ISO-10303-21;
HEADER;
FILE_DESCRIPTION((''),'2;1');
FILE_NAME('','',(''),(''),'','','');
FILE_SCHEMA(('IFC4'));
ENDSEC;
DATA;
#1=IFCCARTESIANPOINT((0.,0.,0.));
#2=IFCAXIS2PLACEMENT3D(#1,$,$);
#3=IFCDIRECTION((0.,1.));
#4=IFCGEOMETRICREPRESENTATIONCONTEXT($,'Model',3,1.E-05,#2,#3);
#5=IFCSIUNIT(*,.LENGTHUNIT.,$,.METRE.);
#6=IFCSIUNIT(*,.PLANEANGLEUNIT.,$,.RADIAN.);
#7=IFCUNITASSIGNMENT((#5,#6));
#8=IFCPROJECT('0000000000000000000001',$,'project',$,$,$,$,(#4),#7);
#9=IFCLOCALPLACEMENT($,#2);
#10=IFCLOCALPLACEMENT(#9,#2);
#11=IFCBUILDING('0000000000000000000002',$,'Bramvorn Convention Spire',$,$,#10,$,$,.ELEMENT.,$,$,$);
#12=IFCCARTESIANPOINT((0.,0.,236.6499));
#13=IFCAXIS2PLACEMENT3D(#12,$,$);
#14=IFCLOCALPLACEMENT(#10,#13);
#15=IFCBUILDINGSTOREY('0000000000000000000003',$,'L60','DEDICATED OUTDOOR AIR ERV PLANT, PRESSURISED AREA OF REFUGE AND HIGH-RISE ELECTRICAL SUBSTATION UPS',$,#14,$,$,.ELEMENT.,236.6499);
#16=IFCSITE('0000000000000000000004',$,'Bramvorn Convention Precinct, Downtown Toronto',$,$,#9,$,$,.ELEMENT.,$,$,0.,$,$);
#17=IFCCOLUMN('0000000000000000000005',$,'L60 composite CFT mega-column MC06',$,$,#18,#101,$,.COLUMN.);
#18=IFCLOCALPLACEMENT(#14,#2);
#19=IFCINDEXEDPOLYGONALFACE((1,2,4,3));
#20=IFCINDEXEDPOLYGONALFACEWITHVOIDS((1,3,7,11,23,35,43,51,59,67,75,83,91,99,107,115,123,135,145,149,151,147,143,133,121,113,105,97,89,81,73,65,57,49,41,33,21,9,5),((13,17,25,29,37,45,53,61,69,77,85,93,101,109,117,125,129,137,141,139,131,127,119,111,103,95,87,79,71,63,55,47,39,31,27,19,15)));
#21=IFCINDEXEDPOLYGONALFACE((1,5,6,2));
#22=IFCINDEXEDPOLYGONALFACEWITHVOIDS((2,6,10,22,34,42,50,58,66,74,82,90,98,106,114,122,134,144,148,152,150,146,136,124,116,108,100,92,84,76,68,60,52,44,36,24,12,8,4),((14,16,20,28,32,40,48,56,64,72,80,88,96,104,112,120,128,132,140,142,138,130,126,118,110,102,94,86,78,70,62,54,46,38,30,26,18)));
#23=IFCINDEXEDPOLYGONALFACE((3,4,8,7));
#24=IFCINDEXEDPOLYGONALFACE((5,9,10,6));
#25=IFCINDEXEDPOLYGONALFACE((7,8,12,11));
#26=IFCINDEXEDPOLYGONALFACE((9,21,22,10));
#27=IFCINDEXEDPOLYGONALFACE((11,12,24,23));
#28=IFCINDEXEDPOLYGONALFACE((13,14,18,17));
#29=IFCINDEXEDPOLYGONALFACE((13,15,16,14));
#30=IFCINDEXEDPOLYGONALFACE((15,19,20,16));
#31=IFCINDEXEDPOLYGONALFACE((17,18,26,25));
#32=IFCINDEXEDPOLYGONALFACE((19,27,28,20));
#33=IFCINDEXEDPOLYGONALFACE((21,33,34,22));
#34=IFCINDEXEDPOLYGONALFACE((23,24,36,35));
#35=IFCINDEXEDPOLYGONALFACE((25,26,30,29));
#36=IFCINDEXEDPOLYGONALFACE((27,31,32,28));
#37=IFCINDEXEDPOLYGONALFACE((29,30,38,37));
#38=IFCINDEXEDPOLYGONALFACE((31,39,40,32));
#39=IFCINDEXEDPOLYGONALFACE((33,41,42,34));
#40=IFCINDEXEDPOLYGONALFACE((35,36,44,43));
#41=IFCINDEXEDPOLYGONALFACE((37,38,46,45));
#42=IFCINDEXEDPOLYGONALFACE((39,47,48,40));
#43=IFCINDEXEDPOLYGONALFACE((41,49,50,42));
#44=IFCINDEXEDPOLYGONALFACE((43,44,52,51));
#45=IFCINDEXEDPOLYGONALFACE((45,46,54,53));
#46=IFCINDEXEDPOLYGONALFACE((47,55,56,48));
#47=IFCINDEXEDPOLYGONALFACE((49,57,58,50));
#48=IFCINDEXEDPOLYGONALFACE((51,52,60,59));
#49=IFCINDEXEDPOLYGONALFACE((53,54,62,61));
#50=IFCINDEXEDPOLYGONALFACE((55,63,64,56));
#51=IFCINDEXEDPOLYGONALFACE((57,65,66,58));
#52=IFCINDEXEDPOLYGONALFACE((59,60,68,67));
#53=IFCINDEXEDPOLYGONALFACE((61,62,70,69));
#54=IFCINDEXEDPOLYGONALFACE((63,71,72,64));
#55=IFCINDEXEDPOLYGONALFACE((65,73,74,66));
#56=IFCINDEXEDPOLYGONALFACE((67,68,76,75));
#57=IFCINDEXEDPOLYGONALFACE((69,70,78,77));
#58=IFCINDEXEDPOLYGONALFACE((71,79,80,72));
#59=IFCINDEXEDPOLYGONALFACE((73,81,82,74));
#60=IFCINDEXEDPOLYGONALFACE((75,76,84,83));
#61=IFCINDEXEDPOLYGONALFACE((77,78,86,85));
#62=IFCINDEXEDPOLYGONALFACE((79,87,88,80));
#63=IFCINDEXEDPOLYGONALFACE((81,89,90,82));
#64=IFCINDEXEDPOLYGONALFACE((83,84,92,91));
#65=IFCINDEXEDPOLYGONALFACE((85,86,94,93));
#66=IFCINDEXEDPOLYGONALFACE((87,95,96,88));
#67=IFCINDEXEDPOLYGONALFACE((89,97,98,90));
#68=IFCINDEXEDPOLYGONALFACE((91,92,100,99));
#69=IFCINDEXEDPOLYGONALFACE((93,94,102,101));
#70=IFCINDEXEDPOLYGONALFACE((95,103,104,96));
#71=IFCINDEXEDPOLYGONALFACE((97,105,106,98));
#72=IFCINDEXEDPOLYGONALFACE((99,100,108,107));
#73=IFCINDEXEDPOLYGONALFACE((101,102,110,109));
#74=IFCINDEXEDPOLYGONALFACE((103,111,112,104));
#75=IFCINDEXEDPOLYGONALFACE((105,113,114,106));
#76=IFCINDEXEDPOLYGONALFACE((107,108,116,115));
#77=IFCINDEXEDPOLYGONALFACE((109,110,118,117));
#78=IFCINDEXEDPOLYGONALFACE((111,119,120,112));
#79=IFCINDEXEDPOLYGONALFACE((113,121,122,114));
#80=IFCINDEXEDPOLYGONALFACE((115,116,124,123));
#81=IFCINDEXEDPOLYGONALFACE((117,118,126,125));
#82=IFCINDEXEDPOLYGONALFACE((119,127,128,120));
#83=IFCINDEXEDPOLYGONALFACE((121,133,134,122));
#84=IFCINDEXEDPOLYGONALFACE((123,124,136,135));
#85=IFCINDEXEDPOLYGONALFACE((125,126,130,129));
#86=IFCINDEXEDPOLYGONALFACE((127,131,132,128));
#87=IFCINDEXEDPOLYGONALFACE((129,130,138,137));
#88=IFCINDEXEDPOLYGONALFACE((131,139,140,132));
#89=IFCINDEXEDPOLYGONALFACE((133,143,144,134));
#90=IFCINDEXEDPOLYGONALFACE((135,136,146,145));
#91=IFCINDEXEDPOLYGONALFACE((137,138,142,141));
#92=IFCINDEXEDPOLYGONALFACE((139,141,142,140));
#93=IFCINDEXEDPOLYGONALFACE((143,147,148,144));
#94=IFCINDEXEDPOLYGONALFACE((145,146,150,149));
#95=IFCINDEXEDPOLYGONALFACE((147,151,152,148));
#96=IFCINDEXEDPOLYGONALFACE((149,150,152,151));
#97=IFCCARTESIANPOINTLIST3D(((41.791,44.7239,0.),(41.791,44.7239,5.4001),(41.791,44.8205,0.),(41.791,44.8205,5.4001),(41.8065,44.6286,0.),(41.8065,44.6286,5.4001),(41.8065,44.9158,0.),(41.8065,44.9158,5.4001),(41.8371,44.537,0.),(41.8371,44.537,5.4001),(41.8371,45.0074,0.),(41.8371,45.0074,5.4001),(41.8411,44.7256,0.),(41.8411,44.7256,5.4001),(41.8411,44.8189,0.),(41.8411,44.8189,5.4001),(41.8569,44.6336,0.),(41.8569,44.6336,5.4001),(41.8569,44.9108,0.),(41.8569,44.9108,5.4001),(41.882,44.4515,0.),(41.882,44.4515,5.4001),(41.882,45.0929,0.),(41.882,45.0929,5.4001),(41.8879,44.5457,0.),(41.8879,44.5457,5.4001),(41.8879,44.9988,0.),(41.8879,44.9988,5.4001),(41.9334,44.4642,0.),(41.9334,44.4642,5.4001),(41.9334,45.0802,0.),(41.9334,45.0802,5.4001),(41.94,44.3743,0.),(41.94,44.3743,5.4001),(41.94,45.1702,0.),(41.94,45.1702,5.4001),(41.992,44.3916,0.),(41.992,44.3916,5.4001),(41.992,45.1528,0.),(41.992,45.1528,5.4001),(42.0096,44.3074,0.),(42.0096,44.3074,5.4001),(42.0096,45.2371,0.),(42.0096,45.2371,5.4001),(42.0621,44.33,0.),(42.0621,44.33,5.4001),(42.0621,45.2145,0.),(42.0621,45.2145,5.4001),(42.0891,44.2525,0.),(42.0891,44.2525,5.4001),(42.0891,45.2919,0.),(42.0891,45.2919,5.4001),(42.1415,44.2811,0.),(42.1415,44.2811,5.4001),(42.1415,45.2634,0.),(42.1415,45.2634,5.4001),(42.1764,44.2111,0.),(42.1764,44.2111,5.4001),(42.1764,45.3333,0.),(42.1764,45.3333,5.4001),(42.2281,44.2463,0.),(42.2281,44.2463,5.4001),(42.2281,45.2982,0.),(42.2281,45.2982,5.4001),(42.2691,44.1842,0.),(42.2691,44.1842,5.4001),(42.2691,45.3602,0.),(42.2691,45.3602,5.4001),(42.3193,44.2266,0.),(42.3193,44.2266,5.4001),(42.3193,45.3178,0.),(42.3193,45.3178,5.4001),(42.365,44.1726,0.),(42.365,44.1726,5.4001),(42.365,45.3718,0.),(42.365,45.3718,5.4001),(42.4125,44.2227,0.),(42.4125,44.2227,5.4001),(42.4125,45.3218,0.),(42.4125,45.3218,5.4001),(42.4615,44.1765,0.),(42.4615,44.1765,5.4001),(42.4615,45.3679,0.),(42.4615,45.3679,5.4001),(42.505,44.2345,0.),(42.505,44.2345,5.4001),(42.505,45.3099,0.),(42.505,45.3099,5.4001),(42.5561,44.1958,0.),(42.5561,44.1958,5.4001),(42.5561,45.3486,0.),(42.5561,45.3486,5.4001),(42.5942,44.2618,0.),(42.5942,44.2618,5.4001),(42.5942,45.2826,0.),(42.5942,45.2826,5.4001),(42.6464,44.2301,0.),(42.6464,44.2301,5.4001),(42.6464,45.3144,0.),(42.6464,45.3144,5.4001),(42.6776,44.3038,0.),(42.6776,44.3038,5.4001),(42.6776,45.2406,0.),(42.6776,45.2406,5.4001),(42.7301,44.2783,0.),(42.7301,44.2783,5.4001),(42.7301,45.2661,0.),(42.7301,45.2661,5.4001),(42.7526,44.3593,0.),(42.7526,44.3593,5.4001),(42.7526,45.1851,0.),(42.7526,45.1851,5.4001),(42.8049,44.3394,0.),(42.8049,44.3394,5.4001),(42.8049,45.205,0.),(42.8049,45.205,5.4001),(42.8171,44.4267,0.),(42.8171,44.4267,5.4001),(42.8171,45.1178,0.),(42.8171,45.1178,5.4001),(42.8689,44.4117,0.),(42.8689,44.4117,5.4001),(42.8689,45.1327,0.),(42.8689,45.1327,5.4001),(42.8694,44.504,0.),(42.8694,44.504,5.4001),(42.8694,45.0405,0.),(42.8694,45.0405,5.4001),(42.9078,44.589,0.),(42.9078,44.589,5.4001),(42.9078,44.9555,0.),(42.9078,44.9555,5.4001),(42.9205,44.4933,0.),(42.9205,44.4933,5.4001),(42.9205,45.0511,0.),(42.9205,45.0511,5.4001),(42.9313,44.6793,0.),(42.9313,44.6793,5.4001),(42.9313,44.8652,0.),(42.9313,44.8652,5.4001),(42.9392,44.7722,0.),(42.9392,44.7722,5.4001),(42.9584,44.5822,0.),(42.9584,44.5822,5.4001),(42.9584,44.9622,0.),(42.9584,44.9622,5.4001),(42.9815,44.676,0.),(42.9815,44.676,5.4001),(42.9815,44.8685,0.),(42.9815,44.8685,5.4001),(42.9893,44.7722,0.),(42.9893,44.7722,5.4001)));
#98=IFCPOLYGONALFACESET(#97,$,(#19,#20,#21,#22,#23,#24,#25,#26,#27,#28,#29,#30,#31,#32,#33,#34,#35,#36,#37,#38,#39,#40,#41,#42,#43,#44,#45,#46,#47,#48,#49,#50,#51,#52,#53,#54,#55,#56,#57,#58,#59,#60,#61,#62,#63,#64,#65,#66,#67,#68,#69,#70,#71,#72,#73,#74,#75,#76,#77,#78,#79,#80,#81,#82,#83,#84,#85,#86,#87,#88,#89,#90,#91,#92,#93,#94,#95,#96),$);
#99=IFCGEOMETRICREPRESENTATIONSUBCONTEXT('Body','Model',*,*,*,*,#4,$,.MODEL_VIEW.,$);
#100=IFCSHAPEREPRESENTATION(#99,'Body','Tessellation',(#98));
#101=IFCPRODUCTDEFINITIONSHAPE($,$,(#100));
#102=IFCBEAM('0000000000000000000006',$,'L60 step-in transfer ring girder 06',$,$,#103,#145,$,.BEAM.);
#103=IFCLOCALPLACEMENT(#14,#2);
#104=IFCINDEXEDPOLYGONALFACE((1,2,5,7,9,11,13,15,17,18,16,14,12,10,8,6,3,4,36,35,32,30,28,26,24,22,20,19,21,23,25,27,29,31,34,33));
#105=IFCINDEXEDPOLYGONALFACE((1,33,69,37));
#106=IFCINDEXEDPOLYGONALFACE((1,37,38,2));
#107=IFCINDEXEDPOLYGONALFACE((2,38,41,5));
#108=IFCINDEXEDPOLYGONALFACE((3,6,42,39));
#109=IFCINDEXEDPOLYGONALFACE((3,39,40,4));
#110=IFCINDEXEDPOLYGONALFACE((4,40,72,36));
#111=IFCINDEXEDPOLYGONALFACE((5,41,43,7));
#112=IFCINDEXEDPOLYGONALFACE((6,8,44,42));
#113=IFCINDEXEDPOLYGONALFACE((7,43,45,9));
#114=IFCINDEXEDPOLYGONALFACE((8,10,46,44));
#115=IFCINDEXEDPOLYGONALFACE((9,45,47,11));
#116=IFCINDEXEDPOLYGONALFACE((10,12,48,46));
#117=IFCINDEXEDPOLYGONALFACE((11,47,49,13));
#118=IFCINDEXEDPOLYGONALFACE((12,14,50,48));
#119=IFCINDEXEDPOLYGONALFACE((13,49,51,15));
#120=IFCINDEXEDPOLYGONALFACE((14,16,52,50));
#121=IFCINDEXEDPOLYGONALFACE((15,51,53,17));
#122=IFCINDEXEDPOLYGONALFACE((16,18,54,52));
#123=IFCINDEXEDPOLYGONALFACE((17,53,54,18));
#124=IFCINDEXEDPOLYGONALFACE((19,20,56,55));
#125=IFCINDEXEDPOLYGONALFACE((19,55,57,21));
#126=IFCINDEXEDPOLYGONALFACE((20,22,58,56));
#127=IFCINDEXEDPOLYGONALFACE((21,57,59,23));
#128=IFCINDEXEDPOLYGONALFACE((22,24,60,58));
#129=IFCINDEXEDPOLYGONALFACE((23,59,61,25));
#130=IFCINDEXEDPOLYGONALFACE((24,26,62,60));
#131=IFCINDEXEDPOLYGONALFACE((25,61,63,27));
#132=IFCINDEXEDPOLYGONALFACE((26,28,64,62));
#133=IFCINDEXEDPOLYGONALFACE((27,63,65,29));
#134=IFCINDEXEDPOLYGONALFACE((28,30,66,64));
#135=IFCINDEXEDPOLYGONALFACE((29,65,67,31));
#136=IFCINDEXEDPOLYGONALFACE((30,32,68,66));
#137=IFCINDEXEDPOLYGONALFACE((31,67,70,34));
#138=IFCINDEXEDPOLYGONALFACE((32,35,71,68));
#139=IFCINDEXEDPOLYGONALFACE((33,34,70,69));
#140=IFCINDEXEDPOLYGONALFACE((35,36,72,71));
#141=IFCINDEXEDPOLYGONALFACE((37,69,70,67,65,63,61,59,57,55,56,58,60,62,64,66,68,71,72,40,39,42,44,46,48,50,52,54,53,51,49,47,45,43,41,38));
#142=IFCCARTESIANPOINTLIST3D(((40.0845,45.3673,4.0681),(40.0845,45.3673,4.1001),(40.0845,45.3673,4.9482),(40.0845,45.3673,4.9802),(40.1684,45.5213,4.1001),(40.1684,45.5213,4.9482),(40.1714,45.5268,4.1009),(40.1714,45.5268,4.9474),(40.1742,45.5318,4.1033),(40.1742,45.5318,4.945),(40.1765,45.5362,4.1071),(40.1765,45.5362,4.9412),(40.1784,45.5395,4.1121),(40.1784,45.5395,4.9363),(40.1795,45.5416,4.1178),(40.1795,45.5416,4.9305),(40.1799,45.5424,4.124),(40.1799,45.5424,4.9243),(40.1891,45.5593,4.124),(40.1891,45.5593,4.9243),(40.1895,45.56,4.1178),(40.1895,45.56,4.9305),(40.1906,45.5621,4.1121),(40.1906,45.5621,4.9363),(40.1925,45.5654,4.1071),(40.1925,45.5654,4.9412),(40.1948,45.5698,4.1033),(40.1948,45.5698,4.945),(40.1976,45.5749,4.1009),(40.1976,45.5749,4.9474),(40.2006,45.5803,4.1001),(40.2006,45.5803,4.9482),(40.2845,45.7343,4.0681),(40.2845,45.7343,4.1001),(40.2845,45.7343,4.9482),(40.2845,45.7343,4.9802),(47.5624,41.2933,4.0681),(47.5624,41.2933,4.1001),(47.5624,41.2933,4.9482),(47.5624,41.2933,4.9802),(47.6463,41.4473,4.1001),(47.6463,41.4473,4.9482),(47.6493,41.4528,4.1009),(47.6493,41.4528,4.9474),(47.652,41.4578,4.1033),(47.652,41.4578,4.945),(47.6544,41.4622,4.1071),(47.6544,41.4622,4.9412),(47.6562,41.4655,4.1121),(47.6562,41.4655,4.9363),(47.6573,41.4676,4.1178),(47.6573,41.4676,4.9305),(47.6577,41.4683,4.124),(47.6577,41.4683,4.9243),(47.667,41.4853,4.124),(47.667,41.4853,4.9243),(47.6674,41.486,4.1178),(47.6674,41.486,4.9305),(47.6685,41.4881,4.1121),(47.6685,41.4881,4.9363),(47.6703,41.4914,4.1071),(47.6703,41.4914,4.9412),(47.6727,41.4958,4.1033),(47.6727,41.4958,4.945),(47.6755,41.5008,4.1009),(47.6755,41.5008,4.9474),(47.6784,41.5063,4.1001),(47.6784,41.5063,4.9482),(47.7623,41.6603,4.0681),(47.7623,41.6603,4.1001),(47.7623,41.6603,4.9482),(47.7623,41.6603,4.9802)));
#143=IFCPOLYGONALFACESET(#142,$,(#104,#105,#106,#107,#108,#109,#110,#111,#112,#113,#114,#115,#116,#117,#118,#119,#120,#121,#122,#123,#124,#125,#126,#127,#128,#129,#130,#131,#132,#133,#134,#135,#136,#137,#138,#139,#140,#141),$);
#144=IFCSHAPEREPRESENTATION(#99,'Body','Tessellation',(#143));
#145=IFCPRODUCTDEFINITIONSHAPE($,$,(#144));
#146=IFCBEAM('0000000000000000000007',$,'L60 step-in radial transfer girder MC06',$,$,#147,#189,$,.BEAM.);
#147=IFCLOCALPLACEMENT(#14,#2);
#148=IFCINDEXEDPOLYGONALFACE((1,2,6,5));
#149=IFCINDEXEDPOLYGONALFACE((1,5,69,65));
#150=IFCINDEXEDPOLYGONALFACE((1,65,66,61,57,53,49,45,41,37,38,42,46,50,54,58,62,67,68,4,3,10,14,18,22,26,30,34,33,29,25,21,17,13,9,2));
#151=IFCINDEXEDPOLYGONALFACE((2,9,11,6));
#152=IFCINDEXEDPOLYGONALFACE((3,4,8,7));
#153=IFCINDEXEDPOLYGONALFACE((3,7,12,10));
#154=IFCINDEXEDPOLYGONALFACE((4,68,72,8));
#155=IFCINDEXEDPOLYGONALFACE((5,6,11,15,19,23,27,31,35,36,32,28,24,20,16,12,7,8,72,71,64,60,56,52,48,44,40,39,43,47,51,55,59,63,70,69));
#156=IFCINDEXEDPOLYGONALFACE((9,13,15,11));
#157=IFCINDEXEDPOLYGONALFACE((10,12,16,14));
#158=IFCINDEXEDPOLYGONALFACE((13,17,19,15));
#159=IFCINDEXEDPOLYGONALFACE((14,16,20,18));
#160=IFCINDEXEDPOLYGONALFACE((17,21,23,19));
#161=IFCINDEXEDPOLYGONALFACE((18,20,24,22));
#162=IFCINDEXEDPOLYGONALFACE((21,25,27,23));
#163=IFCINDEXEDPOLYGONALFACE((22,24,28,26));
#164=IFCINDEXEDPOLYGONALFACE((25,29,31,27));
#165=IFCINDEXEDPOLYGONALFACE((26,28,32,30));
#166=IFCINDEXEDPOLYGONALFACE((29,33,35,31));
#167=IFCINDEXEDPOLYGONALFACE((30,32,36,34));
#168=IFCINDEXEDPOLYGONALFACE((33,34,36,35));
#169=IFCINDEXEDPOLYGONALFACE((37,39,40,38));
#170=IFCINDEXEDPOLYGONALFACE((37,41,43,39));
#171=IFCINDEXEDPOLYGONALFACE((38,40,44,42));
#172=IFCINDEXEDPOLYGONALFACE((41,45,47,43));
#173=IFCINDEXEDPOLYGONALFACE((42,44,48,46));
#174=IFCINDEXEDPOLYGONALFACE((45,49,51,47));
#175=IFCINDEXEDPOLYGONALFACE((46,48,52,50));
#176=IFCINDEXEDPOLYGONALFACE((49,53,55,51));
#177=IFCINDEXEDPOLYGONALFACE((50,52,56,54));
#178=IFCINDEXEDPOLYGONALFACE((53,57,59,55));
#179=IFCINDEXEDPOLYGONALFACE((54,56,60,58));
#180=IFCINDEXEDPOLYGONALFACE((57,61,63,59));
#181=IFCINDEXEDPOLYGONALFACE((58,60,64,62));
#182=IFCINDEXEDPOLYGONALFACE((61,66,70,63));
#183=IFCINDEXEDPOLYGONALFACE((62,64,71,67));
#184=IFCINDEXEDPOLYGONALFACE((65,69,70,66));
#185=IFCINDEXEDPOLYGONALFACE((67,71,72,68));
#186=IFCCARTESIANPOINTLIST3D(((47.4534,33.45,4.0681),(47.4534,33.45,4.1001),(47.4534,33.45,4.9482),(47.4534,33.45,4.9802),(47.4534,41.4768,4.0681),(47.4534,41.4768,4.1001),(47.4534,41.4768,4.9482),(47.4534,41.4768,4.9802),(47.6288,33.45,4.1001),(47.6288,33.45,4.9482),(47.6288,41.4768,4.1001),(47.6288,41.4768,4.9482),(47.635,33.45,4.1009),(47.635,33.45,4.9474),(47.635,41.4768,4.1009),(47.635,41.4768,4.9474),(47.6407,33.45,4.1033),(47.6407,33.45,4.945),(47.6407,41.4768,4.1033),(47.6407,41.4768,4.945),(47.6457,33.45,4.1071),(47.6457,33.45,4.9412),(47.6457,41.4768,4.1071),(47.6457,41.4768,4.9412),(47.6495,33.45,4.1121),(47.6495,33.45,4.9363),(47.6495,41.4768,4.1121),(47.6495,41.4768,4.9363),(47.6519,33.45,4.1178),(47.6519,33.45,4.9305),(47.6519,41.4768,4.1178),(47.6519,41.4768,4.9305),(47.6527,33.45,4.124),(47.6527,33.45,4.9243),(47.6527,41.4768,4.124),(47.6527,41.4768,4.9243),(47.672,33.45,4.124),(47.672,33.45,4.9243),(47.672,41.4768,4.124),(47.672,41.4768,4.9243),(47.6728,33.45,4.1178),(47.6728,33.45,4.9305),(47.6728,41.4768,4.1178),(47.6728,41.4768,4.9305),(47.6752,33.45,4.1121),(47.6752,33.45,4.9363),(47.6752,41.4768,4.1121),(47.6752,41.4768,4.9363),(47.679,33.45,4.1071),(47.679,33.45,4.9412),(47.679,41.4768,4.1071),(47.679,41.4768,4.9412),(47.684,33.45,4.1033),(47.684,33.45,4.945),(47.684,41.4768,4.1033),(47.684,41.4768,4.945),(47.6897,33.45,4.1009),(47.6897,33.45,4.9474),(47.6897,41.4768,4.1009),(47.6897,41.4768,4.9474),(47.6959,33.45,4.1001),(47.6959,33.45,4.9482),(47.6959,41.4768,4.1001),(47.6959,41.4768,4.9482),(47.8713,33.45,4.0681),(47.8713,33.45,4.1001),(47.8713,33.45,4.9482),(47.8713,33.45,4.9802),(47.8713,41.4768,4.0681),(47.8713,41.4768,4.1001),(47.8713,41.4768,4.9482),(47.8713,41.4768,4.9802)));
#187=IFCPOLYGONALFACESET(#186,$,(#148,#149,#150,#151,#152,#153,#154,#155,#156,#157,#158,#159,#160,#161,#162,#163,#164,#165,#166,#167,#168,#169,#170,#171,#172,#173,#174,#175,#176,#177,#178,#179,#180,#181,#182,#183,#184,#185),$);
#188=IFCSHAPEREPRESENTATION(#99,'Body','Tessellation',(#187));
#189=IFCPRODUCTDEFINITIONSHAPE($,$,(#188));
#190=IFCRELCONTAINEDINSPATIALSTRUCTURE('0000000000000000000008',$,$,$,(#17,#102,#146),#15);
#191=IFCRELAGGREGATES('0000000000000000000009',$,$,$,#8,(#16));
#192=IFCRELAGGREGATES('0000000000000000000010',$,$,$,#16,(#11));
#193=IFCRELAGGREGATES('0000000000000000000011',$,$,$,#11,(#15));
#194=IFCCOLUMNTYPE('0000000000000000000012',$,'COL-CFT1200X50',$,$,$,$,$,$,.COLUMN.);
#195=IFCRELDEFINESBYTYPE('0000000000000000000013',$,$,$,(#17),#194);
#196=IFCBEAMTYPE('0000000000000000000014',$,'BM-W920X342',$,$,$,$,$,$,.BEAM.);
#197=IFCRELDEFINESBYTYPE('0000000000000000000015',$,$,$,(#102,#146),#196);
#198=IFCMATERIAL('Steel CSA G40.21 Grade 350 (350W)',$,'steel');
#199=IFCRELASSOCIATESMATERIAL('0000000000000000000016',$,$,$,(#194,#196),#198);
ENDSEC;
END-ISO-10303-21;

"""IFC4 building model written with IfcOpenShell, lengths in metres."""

from ifc_helpers import new_model, si_unit, direction, frame, origin, origin_2d, place, context, subcontext, project, spatial, hollow_circle, i_section, extrude, material, material_profile, profile_set, type_object, element, save


model = new_model("IFC4")

# Units and contexts
model_context = context("Model", 3, precision=1e-05, world=origin(), true_north=direction((0.0, 1.0)))
body_context = subcontext(model_context, "Body", "Model", "MODEL_VIEW")
ifc_project = project(units=[si_unit("LENGTHUNIT", "METRE"), si_unit("PLANEANGLEUNIT", "RADIAN")], contexts=[model_context])

# Site, building, storey
site_placement = place(None, origin())
site = spatial("IfcSite", under=ifc_project, at=site_placement, Name="Bramvorn Convention Precinct, Downtown Toronto", CompositionType="ELEMENT", RefElevation=0.0)
building_placement = place(site_placement, origin())
building = spatial("IfcBuilding", under=site, at=building_placement, Name="Bramvorn Convention Spire", CompositionType="ELEMENT")
storey_placement = place(building_placement, frame((0.0, 0.0, 236.6499)))
storey = spatial("IfcBuildingStorey", under=building, at=storey_placement, Name="L60", Description="DEDICATED OUTDOOR AIR ERV PLANT, PRESSURISED AREA OF REFUGE AND HIGH-RISE ELECTRICAL SUBSTATION UPS", CompositionType="ELEMENT", Elevation=236.6499)

# Column
ifc_material_1 = material(Name="Steel CSA G40.21 Grade 350 (350W)", Category="steel")
ifc_material_profile_1 = material_profile(ifc_material_1, hollow_circle(Radius=0.6001, WallThickness=0.05, at=origin_2d()))
ifc_profile_set_1 = profile_set([ifc_material_profile_1], Name="Steel CSA G40.21 Grade 350 (350W) - CFT1200X50")
column_type = type_object("IfcColumnType", Name="COL-CFT1200X50", PredefinedType="COLUMN", material=ifc_profile_set_1)
column_placement = place(storey_placement, frame((42.3892, 44.7722, 0.0), z_axis=(0.0, 0.0, 1.0), x_axis=(1.0, 0.0, 0.0)))
element("IfcColumn", 1, at=column_placement, inside=storey, type_object=column_type, Name="L60 composite CFT mega-column MC06", PredefinedType="COLUMN", context=body_context, shape_type="SweptSolid", body=[
    extrude(hollow_circle(Radius=0.6001, WallThickness=0.05, at=origin_2d()), origin(), (0.0, 0.0, 1.0), 5.4001),
])

# Beams
ifc_material_profile_2 = material_profile(ifc_material_1, i_section(OverallWidth=0.418, OverallDepth=0.9121, WebThickness=0.0193, FlangeThickness=0.032, FilletRadius=0.0239, at=origin_2d()))
ifc_profile_set_2 = profile_set([ifc_material_profile_2], Name="Steel CSA G40.21 Grade 350 (350W) - W920X342")
beam_type = type_object("IfcBeamType", Name="BM-W920X342", PredefinedType="BEAM", material=ifc_profile_set_2)
beam_1_placement = place(storey_placement, frame((47.6624, 41.4768, 4.5242), z_axis=(-0.878133, 0.478416, 0.0), x_axis=(-0.478416, -0.878133, 0.0)))
element("IfcBeam", 2, at=beam_1_placement, inside=storey, type_object=beam_type, Name="L60 step-in transfer ring girder 06", PredefinedType="BEAM", context=body_context, shape_type="SweptSolid", body=[
    extrude(i_section(OverallWidth=0.418, OverallDepth=0.9121, WebThickness=0.0193, FlangeThickness=0.032, FilletRadius=0.0239, at=origin_2d()), origin(), (0.0, 0.0, 1.0), 8.5156),
])
beam_2_placement = place(storey_placement, frame((47.6624, 33.45, 4.5242), z_axis=(0.0, 1.0, 0.0), x_axis=(-1.0, 0.0, 0.0)))
element("IfcBeam", 3, at=beam_2_placement, inside=storey, type_object=beam_type, Name="L60 step-in radial transfer girder MC06", PredefinedType="BEAM", context=body_context, shape_type="SweptSolid", body=[
    extrude(i_section(OverallWidth=0.418, OverallDepth=0.9121, WebThickness=0.0193, FlangeThickness=0.032, FilletRadius=0.0239, at=origin_2d()), origin(), (0.0, 0.0, 1.0), 8.0269),
])

save(model, "model.ifc")
